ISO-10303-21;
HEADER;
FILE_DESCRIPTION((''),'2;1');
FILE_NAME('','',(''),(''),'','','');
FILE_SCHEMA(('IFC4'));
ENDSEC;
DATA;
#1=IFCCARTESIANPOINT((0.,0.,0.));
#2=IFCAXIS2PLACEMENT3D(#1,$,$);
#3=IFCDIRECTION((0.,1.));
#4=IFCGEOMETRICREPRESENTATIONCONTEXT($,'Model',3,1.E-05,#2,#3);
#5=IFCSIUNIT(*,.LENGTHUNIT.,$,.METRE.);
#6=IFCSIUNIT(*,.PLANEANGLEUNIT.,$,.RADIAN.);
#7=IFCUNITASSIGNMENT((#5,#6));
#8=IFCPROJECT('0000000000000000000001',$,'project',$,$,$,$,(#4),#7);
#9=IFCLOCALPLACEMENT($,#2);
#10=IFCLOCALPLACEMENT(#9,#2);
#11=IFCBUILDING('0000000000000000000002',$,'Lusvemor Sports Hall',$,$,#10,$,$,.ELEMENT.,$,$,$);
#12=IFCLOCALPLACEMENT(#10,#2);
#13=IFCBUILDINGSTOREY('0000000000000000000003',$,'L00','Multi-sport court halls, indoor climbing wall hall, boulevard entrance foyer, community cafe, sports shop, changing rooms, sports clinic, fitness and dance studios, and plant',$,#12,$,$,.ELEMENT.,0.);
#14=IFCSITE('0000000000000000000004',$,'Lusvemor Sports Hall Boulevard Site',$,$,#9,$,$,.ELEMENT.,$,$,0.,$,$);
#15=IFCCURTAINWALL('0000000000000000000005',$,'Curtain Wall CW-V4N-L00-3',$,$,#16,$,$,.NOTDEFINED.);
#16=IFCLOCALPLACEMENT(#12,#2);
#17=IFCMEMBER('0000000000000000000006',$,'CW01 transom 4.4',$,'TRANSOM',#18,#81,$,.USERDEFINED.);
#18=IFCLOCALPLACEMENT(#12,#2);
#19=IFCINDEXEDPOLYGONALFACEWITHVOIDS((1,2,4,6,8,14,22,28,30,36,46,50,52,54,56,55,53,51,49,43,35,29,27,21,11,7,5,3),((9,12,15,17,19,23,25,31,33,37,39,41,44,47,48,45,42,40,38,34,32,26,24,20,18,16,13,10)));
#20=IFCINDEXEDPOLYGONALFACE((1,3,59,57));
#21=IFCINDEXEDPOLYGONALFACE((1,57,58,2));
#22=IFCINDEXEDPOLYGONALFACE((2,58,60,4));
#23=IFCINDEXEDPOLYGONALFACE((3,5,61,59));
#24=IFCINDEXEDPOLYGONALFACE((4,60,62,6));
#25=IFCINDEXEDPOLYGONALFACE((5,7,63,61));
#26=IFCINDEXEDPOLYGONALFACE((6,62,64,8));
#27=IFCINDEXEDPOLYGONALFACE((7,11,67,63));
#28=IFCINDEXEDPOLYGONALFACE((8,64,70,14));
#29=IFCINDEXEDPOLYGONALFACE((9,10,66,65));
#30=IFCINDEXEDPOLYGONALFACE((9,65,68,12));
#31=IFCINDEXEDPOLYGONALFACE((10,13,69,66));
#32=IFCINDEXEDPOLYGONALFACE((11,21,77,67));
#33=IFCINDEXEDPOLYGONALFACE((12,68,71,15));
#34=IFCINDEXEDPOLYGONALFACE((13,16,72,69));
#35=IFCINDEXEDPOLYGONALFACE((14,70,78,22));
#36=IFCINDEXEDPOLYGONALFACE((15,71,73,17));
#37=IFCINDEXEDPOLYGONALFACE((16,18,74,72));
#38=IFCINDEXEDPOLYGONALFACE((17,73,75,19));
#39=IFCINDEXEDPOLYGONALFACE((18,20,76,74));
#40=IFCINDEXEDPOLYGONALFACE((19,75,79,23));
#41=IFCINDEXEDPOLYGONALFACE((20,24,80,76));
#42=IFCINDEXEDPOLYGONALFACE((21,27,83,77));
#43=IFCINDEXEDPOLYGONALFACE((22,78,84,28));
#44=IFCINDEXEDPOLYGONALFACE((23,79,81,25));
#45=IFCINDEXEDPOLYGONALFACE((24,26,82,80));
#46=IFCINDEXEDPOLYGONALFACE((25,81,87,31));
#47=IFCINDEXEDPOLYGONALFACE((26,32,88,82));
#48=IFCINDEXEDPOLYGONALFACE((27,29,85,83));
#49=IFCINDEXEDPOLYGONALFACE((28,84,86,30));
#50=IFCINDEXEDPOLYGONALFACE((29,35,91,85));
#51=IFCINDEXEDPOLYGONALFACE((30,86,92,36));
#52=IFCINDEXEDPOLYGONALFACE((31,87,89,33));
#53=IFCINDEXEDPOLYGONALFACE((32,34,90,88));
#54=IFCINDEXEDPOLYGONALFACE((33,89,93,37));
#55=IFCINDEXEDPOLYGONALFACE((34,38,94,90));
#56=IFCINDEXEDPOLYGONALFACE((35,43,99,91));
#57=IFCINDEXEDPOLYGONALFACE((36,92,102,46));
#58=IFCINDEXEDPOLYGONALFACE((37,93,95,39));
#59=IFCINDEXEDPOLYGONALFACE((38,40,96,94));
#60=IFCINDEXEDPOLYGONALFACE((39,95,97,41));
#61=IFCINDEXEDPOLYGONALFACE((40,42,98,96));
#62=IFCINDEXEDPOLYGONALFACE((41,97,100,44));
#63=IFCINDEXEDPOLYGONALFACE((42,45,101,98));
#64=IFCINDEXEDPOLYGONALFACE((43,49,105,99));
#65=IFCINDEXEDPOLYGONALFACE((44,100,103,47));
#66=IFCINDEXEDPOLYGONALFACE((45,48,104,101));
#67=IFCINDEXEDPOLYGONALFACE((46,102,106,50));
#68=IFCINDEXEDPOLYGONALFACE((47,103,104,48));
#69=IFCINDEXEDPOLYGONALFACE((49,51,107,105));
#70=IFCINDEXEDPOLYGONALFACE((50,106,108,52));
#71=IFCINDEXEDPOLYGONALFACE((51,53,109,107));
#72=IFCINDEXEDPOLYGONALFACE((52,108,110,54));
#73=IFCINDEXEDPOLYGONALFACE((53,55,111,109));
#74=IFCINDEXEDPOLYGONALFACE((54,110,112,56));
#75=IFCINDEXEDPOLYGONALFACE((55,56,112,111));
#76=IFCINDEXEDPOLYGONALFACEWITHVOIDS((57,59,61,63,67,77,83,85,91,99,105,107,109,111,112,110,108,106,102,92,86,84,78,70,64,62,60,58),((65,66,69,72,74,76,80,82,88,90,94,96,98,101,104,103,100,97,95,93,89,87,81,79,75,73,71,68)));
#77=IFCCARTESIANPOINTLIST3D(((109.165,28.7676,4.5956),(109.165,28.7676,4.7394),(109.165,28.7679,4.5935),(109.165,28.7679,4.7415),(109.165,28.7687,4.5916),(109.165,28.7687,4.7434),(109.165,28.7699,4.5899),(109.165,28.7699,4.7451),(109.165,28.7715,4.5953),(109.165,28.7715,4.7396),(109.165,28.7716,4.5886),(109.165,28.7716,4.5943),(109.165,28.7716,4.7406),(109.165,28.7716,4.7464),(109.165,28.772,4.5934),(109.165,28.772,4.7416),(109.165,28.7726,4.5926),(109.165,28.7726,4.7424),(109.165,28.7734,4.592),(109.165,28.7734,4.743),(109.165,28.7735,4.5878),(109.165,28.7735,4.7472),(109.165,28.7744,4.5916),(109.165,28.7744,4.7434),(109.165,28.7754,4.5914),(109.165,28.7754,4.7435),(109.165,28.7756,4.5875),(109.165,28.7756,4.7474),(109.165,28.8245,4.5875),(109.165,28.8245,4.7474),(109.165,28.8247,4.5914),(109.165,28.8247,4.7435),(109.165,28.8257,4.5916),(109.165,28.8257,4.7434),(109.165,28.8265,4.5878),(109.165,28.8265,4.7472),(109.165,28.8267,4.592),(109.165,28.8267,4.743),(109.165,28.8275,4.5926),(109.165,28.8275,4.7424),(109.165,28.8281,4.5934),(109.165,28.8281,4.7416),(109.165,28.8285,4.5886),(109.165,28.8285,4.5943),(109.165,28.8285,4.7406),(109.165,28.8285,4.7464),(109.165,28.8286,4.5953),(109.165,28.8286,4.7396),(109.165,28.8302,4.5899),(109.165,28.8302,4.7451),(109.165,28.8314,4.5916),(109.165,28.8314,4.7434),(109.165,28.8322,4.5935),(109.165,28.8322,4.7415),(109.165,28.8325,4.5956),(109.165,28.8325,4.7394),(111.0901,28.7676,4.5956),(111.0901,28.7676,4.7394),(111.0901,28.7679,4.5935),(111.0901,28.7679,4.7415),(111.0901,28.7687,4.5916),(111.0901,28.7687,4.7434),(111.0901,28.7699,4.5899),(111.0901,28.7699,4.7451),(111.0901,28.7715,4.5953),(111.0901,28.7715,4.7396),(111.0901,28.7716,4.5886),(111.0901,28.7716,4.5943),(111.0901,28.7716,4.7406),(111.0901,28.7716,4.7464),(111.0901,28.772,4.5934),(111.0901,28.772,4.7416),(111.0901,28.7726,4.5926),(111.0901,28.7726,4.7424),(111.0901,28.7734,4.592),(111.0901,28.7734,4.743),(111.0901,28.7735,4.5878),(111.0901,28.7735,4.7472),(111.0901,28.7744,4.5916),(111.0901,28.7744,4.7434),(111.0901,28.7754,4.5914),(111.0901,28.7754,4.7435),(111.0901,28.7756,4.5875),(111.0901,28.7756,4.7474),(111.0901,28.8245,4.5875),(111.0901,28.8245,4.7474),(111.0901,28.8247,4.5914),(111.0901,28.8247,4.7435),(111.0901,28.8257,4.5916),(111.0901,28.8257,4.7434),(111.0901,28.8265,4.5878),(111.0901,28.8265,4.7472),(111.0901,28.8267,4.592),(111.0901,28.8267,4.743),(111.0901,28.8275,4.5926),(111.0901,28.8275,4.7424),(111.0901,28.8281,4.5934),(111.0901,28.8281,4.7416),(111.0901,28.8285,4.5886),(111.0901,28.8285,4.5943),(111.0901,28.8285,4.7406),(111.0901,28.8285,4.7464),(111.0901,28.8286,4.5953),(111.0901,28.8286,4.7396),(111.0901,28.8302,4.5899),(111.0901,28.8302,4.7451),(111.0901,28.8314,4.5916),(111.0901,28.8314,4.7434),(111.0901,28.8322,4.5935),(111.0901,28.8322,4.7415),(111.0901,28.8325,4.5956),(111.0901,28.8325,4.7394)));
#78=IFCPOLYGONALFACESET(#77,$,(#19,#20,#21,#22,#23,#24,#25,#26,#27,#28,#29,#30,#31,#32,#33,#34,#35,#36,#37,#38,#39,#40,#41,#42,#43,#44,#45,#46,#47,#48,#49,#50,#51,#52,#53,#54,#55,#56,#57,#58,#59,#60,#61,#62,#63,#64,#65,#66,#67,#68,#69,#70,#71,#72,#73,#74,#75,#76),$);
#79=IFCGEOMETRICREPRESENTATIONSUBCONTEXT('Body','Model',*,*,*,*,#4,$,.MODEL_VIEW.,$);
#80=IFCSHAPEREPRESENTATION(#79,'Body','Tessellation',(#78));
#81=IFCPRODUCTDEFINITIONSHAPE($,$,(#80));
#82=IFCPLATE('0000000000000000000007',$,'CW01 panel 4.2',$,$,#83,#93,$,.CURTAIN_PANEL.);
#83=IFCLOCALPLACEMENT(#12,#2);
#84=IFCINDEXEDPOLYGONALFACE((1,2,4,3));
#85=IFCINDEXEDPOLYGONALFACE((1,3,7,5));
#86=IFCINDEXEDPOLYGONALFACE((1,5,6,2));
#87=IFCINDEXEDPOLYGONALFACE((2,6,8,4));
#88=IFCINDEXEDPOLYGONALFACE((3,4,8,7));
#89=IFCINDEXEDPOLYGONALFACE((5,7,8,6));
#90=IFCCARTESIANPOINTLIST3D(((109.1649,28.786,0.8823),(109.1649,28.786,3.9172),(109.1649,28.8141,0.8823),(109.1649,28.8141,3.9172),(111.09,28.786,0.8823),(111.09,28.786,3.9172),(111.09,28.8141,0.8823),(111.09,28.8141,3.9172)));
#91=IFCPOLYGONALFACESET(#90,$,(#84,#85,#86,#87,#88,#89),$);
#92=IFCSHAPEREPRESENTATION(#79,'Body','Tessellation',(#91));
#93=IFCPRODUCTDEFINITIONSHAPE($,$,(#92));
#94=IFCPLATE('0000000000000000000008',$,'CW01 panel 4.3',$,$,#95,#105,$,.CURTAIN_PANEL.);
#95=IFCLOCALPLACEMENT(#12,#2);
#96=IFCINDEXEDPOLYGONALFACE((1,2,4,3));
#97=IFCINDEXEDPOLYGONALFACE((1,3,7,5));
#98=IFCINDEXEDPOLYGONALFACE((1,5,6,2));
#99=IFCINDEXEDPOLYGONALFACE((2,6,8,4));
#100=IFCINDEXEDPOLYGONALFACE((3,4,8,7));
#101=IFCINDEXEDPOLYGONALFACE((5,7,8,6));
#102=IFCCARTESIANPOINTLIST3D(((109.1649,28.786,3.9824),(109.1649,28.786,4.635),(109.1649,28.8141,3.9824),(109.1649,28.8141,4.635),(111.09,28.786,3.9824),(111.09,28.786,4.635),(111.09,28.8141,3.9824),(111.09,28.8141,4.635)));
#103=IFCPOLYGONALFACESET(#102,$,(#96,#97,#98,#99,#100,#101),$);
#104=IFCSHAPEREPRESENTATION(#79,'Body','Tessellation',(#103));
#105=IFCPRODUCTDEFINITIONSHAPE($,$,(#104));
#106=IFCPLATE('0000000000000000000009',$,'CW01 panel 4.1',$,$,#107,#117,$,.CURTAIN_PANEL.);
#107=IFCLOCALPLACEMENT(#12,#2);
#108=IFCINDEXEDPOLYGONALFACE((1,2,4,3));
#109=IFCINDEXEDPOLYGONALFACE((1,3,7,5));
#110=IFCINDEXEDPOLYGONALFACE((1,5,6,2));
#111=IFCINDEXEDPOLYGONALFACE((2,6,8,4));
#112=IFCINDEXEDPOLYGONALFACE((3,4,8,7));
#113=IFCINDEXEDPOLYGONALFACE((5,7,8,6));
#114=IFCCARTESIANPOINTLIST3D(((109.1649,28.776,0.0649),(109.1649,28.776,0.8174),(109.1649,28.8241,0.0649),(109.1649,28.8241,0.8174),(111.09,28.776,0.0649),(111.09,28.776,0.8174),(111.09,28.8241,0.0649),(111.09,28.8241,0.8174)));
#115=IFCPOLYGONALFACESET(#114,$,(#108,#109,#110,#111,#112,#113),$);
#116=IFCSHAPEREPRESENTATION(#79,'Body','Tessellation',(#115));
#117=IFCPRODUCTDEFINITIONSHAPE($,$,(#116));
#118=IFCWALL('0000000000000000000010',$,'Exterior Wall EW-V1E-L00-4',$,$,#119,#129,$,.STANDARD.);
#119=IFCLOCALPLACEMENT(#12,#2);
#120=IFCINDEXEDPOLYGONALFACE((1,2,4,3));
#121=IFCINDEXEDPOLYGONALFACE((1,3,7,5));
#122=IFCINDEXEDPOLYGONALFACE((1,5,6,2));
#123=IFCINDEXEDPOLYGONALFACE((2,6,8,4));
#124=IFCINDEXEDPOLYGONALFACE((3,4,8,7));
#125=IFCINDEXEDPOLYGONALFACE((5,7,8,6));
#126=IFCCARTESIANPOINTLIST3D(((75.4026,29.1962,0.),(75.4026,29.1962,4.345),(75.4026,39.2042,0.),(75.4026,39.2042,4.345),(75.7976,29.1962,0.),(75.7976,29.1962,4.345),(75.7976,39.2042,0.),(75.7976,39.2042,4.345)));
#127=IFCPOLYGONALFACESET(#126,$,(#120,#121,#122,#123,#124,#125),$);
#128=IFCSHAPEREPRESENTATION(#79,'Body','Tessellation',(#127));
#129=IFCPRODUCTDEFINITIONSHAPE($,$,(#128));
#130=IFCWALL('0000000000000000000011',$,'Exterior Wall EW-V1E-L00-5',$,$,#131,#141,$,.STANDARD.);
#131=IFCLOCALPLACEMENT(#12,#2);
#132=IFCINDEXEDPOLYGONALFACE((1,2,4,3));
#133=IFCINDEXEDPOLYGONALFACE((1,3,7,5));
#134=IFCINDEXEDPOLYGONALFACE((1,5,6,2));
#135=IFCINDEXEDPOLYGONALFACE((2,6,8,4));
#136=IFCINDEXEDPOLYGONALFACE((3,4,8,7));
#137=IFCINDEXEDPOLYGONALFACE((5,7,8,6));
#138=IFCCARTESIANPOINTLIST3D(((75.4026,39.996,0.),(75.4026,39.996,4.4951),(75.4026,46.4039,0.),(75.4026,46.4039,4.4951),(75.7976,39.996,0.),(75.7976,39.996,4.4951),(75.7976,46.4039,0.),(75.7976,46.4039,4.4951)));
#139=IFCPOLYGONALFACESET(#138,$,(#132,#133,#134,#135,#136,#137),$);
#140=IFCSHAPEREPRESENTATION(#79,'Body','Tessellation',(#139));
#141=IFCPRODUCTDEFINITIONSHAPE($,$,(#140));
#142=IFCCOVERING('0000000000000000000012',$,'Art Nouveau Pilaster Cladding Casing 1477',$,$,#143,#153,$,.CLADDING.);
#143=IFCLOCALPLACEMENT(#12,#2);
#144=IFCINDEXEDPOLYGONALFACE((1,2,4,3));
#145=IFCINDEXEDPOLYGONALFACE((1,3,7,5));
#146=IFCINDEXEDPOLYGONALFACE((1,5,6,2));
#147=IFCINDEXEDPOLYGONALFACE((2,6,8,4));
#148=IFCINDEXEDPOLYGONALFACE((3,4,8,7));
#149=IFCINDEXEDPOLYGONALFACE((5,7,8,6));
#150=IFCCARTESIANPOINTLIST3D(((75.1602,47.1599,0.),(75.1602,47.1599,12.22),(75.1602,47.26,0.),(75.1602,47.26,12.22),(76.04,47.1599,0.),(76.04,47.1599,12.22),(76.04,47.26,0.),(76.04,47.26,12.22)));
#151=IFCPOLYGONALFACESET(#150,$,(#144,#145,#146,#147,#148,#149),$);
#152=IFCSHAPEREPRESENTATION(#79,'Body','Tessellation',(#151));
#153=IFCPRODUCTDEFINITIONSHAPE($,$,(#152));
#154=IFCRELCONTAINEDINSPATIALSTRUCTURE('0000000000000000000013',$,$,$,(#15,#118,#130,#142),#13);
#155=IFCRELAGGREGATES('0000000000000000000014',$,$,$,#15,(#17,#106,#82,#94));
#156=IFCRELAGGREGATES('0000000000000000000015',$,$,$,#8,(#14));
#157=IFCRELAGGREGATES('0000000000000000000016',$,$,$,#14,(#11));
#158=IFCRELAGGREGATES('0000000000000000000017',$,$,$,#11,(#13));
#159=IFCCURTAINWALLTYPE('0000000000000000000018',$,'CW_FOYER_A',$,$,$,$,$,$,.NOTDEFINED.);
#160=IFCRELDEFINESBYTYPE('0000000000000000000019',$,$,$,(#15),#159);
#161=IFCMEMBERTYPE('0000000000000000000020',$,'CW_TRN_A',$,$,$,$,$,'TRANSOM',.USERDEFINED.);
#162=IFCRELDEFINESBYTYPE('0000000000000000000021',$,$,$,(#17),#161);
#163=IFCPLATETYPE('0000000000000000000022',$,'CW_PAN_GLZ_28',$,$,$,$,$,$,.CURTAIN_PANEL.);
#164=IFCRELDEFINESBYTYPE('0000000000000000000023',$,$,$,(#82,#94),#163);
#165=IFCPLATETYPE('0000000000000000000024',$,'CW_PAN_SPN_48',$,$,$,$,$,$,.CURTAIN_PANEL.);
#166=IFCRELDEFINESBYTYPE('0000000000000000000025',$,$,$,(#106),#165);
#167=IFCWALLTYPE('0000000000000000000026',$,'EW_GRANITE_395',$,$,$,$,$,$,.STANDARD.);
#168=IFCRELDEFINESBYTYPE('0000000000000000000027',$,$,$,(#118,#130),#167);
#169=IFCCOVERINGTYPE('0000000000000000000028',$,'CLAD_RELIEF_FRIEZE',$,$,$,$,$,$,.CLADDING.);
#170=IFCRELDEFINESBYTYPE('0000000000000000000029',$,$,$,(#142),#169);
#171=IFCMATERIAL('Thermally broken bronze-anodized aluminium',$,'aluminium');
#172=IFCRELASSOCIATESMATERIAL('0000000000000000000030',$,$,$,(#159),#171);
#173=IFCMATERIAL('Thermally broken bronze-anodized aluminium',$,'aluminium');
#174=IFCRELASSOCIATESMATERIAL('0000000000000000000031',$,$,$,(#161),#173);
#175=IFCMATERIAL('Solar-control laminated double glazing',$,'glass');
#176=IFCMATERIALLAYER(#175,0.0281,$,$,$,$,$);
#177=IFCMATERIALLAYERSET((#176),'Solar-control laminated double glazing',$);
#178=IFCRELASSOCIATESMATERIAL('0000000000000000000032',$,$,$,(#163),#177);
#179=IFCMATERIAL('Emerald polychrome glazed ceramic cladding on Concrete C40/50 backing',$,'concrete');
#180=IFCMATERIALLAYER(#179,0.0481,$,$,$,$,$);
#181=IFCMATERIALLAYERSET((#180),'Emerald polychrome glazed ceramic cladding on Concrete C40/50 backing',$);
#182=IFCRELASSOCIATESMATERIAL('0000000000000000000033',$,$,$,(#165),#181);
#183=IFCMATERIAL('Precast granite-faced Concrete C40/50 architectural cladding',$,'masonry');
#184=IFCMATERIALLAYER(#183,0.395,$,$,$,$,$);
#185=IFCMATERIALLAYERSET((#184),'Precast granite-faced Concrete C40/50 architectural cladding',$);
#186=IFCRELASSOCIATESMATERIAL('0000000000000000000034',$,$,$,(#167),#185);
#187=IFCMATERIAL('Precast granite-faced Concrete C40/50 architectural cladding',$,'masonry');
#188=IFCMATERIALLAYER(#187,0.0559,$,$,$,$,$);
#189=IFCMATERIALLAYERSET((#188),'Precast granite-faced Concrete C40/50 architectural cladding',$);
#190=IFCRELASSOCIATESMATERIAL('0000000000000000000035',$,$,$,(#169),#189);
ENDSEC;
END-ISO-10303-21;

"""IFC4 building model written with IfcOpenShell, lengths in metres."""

from ifc_helpers import new_model, si_unit, direction, frame, frame_2d, origin, origin_2d, place, context, subcontext, project, spatial, rectangle, hollow_rectangle, extrude, material, layer, layer_set, material_profile, profile_set, type_object, element, aggregate, save


model = new_model("IFC4")

# Units and contexts
model_context = context("Model", 3, precision=1e-05, world=origin(), true_north=direction((0.0, 1.0)))
body_context = subcontext(model_context, "Body", "Model", "MODEL_VIEW")
ifc_project = project(units=[si_unit("LENGTHUNIT", "METRE"), si_unit("PLANEANGLEUNIT", "RADIAN")], contexts=[model_context])

# Site, building, storey
site_placement = place(None, origin())
site = spatial("IfcSite", under=ifc_project, at=site_placement, Name="Lusvemor Sports Hall Boulevard Site", CompositionType="ELEMENT", RefElevation=0.0)
building_placement = place(site_placement, origin())
building = spatial("IfcBuilding", under=site, at=building_placement, Name="Lusvemor Sports Hall", CompositionType="ELEMENT")
storey_placement = place(building_placement, origin())
storey = spatial("IfcBuildingStorey", under=building, at=storey_placement, Name="L00", Description="Multi-sport court halls, indoor climbing wall hall, boulevard entrance foyer, community cafe, sports shop, changing rooms, sports clinic, fitness and dance studios, and plant", CompositionType="ELEMENT", Elevation=0.0)

# Curtain wall, member, plates
ifc_material_1 = material(Name="Thermally broken bronze-anodized aluminium", Category="aluminium")
curtain_wall_type = type_object("IfcCurtainWallType", Name="CW_FOYER_A", PredefinedType="NOTDEFINED", material=ifc_material_1)
curtain_wall_placement = place(storey_placement, origin())
curtain_wall = element("IfcCurtainWall", 1, at=curtain_wall_placement, inside=storey, type_object=curtain_wall_type, Name="Curtain Wall CW-V4N-L00-3", PredefinedType="NOTDEFINED")
ifc_material_2 = material(Name="Thermally broken bronze-anodized aluminium", Category="aluminium")
ifc_material_profile_1 = material_profile(ifc_material_2, hollow_rectangle(XDim=0.0649, YDim=0.1599, WallThickness=0.0039, InnerFilletRadius=0.0039, OuterFilletRadius=0.0081, at=origin_2d()), Name="CWTRN160x65x4")
ifc_profile_set_1 = profile_set([ifc_material_profile_1], Name="Thermally broken bronze-anodized aluminium")
member_type_1 = type_object("IfcMemberType", Name="CW_TRN_A", ElementType="TRANSOM", PredefinedType="USERDEFINED", material=ifc_profile_set_1)
member_1_placement = place(storey_placement, frame((109.165, 28.8, 4.6675), z_axis=(1.0, 0.0, 0.0), x_axis=(0.0, 1.0, 0.0)))
member_1 = element("IfcMember", 2, at=member_1_placement, type_object=member_type_1, Name="CW01 transom 4.4", ObjectType="TRANSOM", PredefinedType="USERDEFINED", context=body_context, shape_type="SweptSolid", body=[
    extrude(hollow_rectangle(XDim=0.0649, YDim=0.1599, WallThickness=0.0039, InnerFilletRadius=0.0039, OuterFilletRadius=0.0081, at=origin_2d()), origin(), (0.0, 0.0, 1.0), 1.925),
])
ifc_material_3 = material(Name="Solar-control laminated double glazing", Category="glass")
ifc_layer_1 = layer(ifc_material_3, 0.0281)
ifc_layer_set_1 = layer_set([ifc_layer_1], Name="Solar-control laminated double glazing")
plate_type_1 = type_object("IfcPlateType", Name="CW_PAN_GLZ_28", PredefinedType="CURTAIN_PANEL", material=ifc_layer_set_1)
plate_1_placement = place(storey_placement, frame((110.1274, 28.8, 0.8823), z_axis=(0.0, 0.0, 1.0), x_axis=(1.0, 0.0, 0.0)))
plate_1 = element("IfcPlate", 3, at=plate_1_placement, type_object=plate_type_1, Name="CW01 panel 4.2", PredefinedType="CURTAIN_PANEL", context=body_context, shape_type="SweptSolid", body=[
    extrude(rectangle(XDim=1.925, YDim=0.0281, at=origin_2d()), origin(), (0.0, 0.0, 1.0), 3.0349),
])
plate_2_placement = place(storey_placement, frame((110.1274, 28.8, 3.9824), z_axis=(0.0, 0.0, 1.0), x_axis=(1.0, 0.0, 0.0)))
plate_2 = element("IfcPlate", 4, at=plate_2_placement, type_object=plate_type_1, Name="CW01 panel 4.3", PredefinedType="CURTAIN_PANEL", context=body_context, shape_type="SweptSolid", body=[
    extrude(rectangle(XDim=1.925, YDim=0.0281, at=origin_2d()), origin(), (0.0, 0.0, 1.0), 0.6526),
])
ifc_material_4 = material(Name="Emerald polychrome glazed ceramic cladding on Concrete C40/50 backing", Category="concrete")
ifc_layer_2 = layer(ifc_material_4, 0.0481)
ifc_layer_set_2 = layer_set([ifc_layer_2], Name="Emerald polychrome glazed ceramic cladding on Concrete C40/50 backing")
plate_type_2 = type_object("IfcPlateType", Name="CW_PAN_SPN_48", PredefinedType="CURTAIN_PANEL", material=ifc_layer_set_2)
plate_3_placement = place(storey_placement, frame((110.1274, 28.8, 0.0649), z_axis=(0.0, 0.0, 1.0), x_axis=(1.0, 0.0, 0.0)))
plate_3 = element("IfcPlate", 5, at=plate_3_placement, type_object=plate_type_2, Name="CW01 panel 4.1", PredefinedType="CURTAIN_PANEL", context=body_context, shape_type="SweptSolid", body=[
    extrude(rectangle(XDim=1.925, YDim=0.0481, at=origin_2d()), origin(), (0.0, 0.0, 1.0), 0.7524),
])
aggregate(curtain_wall, [member_1, plate_3, plate_1, plate_2])

# Walls
ifc_material_5 = material(Name="Precast granite-faced Concrete C40/50 architectural cladding", Category="masonry")
ifc_layer_3 = layer(ifc_material_5, 0.395)
ifc_layer_set_3 = layer_set([ifc_layer_3], Name="Precast granite-faced Concrete C40/50 architectural cladding")
wall_type = type_object("IfcWallType", Name="EW_GRANITE_395", PredefinedType="STANDARD", material=ifc_layer_set_3)
wall_1_placement = place(storey_placement, frame((75.6001, 39.2041, 0.0), z_axis=(0.0, 0.0, 1.0), x_axis=(0.0, -1.0, 0.0)))
element("IfcWall", 6, at=wall_1_placement, inside=storey, type_object=wall_type, Name="Exterior Wall EW-V1E-L00-4", PredefinedType="STANDARD", context=body_context, shape_type="SweptSolid", body=[
    extrude(rectangle(XDim=10.0081, YDim=0.395, at=frame_2d((5.0039, 0.0))), origin(), (0.0, 0.0, 1.0), 4.345),
])
wall_2_placement = place(storey_placement, frame((75.6001, 46.4041, 0.0), z_axis=(0.0, 0.0, 1.0), x_axis=(0.0, -1.0, 0.0)))
element("IfcWall", 7, at=wall_2_placement, inside=storey, type_object=wall_type, Name="Exterior Wall EW-V1E-L00-5", PredefinedType="STANDARD", context=body_context, shape_type="SweptSolid", body=[
    extrude(rectangle(XDim=6.408, YDim=0.395, at=frame_2d((3.2041, 0.0))), origin(), (0.0, 0.0, 1.0), 4.4951),
])

# Covering
ifc_material_6 = material(Name="Precast granite-faced Concrete C40/50 architectural cladding", Category="masonry")
ifc_layer_4 = layer(ifc_material_6, 0.0559)
ifc_layer_set_4 = layer_set([ifc_layer_4], Name="Precast granite-faced Concrete C40/50 architectural cladding")
covering_type = type_object("IfcCoveringType", Name="CLAD_RELIEF_FRIEZE", PredefinedType="CLADDING", material=ifc_layer_set_4)
covering_placement = place(storey_placement, frame((75.6001, 47.21, 0.0), z_axis=(0.0, 0.0, 1.0), x_axis=(1.0, 0.0, 0.0)))
element("IfcCovering", 8, at=covering_placement, inside=storey, type_object=covering_type, Name="Art Nouveau Pilaster Cladding Casing 1477", PredefinedType="CLADDING", context=body_context, shape_type="SweptSolid", body=[
    extrude(rectangle(XDim=0.8799, YDim=0.1001, at=origin_2d()), origin(), (0.0, 0.0, 1.0), 12.22),
])

save(model, "model.ifc")
